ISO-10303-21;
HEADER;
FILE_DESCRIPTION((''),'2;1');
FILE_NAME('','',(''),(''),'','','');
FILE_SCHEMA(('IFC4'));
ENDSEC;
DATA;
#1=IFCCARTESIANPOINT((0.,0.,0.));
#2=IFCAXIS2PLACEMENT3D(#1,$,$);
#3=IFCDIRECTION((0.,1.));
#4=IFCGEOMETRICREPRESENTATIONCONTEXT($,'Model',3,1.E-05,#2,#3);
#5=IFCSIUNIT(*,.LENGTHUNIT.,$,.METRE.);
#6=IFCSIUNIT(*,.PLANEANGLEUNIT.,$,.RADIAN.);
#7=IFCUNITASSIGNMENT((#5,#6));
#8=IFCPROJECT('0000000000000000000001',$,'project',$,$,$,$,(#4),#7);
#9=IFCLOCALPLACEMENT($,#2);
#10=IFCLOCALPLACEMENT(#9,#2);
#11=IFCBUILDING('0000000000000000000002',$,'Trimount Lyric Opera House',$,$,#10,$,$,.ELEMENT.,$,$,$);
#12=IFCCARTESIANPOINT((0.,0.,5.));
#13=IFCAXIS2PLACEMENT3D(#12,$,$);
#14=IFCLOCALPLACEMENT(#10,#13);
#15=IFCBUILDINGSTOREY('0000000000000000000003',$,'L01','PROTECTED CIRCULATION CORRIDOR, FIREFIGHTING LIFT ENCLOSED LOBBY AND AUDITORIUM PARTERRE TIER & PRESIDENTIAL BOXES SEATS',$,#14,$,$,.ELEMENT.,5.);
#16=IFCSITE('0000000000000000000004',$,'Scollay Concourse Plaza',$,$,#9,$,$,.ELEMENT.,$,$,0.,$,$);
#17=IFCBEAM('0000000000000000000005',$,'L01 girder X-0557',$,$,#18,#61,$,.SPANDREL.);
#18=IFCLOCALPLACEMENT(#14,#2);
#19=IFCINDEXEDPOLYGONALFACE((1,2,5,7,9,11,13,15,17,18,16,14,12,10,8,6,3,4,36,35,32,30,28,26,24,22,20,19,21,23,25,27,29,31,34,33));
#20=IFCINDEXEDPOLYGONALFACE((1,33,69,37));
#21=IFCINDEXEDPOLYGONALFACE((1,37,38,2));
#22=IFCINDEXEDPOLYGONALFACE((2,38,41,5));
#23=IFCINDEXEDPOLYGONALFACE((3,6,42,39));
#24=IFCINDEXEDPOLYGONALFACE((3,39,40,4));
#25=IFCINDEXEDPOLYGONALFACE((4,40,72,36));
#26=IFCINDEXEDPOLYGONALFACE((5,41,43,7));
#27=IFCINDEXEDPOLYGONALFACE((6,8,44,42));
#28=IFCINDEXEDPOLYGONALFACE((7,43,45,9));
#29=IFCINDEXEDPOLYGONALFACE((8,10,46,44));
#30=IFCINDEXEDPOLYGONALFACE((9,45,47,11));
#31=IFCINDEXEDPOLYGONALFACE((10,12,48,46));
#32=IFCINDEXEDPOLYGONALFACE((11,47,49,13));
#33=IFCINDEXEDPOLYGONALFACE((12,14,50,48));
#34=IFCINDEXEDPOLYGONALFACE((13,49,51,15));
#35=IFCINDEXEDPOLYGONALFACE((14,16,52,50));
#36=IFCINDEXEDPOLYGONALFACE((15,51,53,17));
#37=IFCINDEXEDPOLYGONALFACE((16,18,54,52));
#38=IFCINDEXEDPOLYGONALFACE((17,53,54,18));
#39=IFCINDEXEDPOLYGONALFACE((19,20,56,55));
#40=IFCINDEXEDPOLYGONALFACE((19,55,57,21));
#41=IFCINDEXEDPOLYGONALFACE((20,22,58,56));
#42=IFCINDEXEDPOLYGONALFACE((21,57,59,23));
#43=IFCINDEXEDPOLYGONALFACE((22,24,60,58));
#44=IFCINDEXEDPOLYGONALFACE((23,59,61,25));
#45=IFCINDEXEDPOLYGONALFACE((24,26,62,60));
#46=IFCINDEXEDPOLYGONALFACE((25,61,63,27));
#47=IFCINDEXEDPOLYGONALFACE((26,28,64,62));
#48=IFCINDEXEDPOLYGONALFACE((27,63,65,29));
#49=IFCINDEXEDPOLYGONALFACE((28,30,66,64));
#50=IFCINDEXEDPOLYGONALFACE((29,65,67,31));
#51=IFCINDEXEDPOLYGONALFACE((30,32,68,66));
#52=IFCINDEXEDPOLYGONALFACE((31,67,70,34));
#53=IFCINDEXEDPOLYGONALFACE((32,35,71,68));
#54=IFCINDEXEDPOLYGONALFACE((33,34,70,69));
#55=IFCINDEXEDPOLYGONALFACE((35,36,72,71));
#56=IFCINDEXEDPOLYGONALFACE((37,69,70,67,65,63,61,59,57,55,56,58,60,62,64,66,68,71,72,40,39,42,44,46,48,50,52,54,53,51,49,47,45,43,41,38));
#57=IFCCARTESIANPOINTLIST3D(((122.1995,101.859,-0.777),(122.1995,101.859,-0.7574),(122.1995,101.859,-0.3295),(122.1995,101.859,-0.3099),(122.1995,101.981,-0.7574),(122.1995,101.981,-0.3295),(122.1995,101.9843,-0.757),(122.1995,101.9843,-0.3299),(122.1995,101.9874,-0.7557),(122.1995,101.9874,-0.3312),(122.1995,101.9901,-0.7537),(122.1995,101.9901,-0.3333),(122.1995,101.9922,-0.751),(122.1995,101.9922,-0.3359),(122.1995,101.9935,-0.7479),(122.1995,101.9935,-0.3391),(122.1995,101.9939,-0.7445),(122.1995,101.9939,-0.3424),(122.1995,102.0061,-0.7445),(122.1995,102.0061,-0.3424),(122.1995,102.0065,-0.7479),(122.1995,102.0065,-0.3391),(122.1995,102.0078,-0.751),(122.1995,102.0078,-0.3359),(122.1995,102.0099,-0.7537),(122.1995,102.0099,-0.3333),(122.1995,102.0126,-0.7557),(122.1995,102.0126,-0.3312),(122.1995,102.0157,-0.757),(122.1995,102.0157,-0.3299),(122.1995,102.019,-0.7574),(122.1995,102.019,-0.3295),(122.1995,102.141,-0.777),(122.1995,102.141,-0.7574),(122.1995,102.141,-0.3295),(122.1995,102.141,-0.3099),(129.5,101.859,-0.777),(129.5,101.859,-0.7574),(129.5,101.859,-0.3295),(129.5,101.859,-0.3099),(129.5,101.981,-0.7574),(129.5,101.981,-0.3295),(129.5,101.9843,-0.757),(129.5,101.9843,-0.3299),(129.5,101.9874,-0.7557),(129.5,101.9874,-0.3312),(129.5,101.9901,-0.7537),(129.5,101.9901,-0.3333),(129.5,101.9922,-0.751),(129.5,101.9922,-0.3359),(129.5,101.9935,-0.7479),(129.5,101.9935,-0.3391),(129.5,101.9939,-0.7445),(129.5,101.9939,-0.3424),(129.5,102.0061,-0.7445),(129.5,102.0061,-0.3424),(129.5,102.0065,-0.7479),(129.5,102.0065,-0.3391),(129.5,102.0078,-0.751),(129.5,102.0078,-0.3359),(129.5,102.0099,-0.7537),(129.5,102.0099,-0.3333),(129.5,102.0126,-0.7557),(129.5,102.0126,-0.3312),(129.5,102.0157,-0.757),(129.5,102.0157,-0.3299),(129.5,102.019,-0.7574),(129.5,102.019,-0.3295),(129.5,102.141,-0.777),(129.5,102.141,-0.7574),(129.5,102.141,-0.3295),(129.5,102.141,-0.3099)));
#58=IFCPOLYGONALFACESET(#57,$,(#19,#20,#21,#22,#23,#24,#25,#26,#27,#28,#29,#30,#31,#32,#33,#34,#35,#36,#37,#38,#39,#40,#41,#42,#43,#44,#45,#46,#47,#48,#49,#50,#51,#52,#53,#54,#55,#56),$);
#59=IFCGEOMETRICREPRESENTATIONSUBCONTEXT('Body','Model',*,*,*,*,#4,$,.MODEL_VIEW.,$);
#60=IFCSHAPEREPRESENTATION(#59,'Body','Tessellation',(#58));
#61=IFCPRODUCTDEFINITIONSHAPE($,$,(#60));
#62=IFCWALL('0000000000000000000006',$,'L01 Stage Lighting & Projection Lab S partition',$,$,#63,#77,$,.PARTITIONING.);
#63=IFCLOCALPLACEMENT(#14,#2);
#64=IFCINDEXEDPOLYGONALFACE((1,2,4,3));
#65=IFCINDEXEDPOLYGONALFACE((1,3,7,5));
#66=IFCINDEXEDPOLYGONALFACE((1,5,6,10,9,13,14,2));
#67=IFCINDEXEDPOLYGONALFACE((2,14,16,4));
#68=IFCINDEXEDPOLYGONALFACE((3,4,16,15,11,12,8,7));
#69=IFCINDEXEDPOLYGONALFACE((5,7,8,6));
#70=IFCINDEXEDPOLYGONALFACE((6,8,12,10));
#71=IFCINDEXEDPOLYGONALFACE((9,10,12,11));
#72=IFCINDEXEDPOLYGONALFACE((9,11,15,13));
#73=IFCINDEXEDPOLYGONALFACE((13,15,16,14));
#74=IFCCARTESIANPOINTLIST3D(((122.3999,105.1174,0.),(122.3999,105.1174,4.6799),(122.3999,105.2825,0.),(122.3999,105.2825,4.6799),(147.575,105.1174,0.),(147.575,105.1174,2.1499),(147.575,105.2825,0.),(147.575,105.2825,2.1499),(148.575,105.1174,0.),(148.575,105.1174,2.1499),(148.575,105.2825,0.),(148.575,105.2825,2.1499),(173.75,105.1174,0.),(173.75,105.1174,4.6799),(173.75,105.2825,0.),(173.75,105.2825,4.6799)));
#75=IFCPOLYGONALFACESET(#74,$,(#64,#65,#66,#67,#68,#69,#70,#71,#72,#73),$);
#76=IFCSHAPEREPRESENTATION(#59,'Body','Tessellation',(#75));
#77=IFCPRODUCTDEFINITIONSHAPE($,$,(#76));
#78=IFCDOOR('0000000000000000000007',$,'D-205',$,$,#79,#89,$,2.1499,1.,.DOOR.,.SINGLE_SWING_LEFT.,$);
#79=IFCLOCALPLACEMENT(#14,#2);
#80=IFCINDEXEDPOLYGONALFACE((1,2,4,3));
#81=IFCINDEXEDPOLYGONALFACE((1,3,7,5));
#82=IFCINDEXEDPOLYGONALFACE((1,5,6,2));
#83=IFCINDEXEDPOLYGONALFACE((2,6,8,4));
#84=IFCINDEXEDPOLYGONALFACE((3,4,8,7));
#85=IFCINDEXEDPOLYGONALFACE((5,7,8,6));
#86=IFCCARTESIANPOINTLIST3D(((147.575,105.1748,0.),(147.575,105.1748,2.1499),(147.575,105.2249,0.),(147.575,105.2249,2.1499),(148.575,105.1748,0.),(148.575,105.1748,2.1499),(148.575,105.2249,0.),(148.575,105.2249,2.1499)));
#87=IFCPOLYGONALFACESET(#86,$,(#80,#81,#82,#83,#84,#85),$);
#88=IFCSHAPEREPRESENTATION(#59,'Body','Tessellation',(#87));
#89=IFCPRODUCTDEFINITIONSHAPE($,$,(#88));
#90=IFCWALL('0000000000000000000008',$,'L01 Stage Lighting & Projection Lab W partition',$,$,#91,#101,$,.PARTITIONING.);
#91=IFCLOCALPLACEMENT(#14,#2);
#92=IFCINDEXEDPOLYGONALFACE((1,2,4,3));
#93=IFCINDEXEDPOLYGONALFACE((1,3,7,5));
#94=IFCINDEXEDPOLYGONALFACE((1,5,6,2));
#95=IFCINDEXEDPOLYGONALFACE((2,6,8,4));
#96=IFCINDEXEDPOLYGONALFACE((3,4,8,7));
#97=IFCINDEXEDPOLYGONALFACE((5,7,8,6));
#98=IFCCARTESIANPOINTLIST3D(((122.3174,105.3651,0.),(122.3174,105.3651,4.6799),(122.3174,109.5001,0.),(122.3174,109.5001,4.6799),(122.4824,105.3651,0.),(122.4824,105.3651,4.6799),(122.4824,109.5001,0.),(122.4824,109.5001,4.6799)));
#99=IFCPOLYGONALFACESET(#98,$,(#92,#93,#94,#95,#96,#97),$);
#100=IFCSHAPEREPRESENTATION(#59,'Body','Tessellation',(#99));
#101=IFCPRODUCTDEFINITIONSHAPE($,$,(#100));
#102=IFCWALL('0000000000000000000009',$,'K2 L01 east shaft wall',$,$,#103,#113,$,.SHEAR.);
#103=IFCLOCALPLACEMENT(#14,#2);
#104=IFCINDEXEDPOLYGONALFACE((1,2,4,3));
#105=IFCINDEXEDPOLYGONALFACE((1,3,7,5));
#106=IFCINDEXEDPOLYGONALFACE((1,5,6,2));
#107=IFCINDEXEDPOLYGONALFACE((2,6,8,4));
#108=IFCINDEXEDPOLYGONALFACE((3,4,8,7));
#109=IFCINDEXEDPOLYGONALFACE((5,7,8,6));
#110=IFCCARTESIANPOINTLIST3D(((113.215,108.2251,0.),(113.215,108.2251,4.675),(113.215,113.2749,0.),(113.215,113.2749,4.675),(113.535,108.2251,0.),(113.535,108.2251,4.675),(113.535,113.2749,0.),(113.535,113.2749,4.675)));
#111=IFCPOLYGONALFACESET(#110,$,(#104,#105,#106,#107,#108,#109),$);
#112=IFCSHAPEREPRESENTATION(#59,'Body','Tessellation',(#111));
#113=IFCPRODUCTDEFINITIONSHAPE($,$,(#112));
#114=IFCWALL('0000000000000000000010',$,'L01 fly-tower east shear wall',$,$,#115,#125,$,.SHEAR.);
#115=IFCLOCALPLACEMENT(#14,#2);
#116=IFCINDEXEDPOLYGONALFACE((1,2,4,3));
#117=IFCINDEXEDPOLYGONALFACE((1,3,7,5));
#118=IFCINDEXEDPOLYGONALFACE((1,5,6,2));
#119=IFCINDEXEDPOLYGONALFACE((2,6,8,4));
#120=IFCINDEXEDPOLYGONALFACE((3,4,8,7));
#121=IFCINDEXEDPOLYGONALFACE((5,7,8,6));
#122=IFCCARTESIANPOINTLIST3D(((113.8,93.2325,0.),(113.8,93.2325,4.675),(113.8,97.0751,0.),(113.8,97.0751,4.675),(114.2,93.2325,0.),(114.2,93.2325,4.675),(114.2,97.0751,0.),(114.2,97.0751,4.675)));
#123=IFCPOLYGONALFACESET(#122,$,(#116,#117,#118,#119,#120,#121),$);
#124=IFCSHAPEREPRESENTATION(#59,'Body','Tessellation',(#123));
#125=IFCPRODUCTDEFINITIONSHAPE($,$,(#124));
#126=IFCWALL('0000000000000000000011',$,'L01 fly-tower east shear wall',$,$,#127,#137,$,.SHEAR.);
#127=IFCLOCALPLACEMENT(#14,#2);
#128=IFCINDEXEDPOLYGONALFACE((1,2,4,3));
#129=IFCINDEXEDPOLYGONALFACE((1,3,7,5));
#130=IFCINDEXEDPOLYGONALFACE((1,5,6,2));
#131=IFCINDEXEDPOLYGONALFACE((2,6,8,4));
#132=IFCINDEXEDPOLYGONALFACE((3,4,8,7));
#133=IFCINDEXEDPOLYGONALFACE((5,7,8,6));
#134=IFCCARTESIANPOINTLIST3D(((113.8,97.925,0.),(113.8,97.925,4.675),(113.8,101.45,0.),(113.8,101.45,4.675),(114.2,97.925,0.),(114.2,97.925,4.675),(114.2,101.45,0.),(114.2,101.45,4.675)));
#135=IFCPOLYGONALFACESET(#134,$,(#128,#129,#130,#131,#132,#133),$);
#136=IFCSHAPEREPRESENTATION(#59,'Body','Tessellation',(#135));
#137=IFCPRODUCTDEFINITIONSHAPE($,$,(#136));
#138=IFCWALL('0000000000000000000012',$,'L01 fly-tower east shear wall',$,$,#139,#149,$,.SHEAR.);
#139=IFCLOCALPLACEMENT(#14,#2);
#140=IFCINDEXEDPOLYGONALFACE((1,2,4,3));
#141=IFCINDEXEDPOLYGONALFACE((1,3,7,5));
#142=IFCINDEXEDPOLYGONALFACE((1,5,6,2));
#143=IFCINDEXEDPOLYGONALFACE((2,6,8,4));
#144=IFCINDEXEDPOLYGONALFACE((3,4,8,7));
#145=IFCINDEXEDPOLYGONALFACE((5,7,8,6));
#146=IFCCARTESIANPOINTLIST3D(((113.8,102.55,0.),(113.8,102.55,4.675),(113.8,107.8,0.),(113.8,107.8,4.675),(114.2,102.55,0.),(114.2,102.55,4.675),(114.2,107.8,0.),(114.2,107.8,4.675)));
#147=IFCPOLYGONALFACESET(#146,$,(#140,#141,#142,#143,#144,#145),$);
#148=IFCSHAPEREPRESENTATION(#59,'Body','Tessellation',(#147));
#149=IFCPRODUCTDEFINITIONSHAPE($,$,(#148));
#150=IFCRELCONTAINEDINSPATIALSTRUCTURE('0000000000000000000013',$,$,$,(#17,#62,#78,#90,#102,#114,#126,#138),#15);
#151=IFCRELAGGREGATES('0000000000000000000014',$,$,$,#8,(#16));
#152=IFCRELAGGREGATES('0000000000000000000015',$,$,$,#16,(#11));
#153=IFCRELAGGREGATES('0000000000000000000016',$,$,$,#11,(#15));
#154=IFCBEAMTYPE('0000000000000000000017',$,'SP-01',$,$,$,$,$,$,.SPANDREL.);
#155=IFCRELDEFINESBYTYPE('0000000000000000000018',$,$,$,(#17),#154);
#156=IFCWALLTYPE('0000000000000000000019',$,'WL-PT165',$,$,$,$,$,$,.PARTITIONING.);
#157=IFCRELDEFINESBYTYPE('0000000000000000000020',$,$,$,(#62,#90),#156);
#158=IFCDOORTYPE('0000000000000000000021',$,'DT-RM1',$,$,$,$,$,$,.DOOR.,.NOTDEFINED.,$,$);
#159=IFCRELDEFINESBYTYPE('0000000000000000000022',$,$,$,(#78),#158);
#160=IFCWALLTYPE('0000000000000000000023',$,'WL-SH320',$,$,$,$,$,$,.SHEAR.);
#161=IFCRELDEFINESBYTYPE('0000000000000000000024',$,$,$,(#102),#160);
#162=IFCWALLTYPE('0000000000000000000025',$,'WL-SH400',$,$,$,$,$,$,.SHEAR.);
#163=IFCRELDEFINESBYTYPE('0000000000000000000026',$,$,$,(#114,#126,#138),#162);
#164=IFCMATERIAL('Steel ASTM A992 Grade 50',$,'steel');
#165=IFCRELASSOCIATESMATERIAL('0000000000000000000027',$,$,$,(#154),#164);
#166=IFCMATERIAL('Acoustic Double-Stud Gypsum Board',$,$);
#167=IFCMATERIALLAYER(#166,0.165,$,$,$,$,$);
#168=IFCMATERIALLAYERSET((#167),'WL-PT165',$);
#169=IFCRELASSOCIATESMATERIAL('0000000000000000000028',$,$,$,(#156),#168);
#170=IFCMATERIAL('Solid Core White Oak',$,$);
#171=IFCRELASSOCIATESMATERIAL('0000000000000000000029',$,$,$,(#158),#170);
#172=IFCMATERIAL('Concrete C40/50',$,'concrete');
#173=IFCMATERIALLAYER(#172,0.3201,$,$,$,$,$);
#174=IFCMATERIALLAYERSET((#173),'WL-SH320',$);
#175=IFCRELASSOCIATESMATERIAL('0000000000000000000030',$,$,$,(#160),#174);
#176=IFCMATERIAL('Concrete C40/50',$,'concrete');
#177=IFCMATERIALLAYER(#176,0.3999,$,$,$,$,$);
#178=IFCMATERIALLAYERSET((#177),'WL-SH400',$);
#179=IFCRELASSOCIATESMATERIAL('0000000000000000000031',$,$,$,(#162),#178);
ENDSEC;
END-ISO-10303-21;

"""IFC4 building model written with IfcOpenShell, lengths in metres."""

from ifc_helpers import new_model, si_unit, direction, frame, frame_2d, origin, origin_2d, place, context, subcontext, project, spatial, rectangle, i_section, extrude, material, layer, layer_set, material_profile, profile_set, type_object, element, fill, save


model = new_model("IFC4")

# Units and contexts
model_context = context("Model", 3, precision=1e-05, world=origin(), true_north=direction((0.0, 1.0)))
body_context = subcontext(model_context, "Body", "Model", "MODEL_VIEW")
ifc_project = project(units=[si_unit("LENGTHUNIT", "METRE"), si_unit("PLANEANGLEUNIT", "RADIAN")], contexts=[model_context])

# Site, building, storey
site_placement = place(None, origin())
site = spatial("IfcSite", under=ifc_project, at=site_placement, Name="Scollay Concourse Plaza", CompositionType="ELEMENT", RefElevation=0.0)
building_placement = place(site_placement, origin())
building = spatial("IfcBuilding", under=site, at=building_placement, Name="Trimount Lyric Opera House", CompositionType="ELEMENT")
storey_placement = place(building_placement, frame((0.0, 0.0, 5.0)))
storey = spatial("IfcBuildingStorey", under=building, at=storey_placement, Name="L01", Description="PROTECTED CIRCULATION CORRIDOR, FIREFIGHTING LIFT ENCLOSED LOBBY AND AUDITORIUM PARTERRE TIER & PRESIDENTIAL BOXES SEATS", CompositionType="ELEMENT", Elevation=5.0)

# Beam
ifc_material_1 = material(Name="Steel ASTM A992 Grade 50", Category="steel")
ifc_material_profile_1 = material_profile(ifc_material_1, i_section(OverallWidth=0.282, OverallDepth=0.467, WebThickness=0.0122, FlangeThickness=0.0195, FilletRadius=0.0129, at=origin_2d()), Name="W18X86")
ifc_profile_set_1 = profile_set([ifc_material_profile_1], Name="Steel ASTM A992 Grade 50")
beam_type_1 = type_object("IfcBeamType", Name="SP-01", PredefinedType="SPANDREL", material=ifc_profile_set_1)
beam_1_placement = place(storey_placement, frame((122.1995, 102.0, -0.5435), z_axis=(1.0, 0.0, 0.0), x_axis=(0.0, 1.0, 0.0)))
element("IfcBeam", 1, at=beam_1_placement, inside=storey, type_object=beam_type_1, Name="L01 girder X-0557", PredefinedType="SPANDREL", context=body_context, shape_type="SweptSolid", body=[
    extrude(i_section(OverallWidth=0.282, OverallDepth=0.467, WebThickness=0.0122, FlangeThickness=0.0195, FilletRadius=0.0129, at=origin_2d()), origin(), (0.0, 0.0, 1.0), 7.3005),
])

# Wall, opening, door
ifc_material_2 = material(Name="Acoustic Double-Stud Gypsum Board")
ifc_layer_1 = layer(ifc_material_2, 0.165)
ifc_layer_set_1 = layer_set([ifc_layer_1], Name="WL-PT165")
wall_type_1 = type_object("IfcWallType", Name="WL-PT165", PredefinedType="PARTITIONING", material=ifc_layer_set_1)
wall_1_placement = place(storey_placement, frame((122.3999, 105.2, 0.0), z_axis=(0.0, 0.0, 1.0), x_axis=(1.0, 0.0, 0.0)))
wall_1 = element("IfcWall", 2, at=wall_1_placement, inside=storey, type_object=wall_type_1, Name="L01 Stage Lighting & Projection Lab S partition", PredefinedType="PARTITIONING", context=body_context, shape_type="SweptSolid", body=[
    extrude(rectangle(XDim=51.3501, YDim=0.165, at=frame_2d((25.675, 0.0))), origin(), (0.0, 0.0, 1.0), 4.6799),
])
opening_placement = place(wall_1_placement, frame((25.175, 0.0, 0.0)))
opening = element("IfcOpeningElement", 3, at=opening_placement, cuts=wall_1, PredefinedType="OPENING", context=body_context, shape_type="SweptSolid", body=[
    extrude(rectangle(XDim=1.0, YDim=2.1499, at=frame_2d((0.5, 1.075))), frame((0.0, 0.0925, 0.0), z_axis=(0.0, -1.0, 0.0), x_axis=(1.0, 0.0, 0.0)), (0.0, 0.0, 1.0), 0.1851),
])
ifc_material_3 = material(Name="Solid Core White Oak")
door_type = type_object("IfcDoorType", Name="DT-RM1", OperationType="NOTDEFINED", PredefinedType="DOOR", material=ifc_material_3)
door_placement = place(opening_placement, origin())
door = element("IfcDoor", 4, at=door_placement, inside=storey, type_object=door_type, Name="D-205", OperationType="SINGLE_SWING_LEFT", OverallHeight=2.1499, OverallWidth=1.0, PredefinedType="DOOR", context=body_context, shape_type="SweptSolid", body=[
    extrude(rectangle(XDim=1.0, YDim=2.1499, at=frame_2d((0.5, 1.075))), frame((0.0, 0.0249, 0.0), z_axis=(0.0, -1.0, 0.0), x_axis=(1.0, 0.0, 0.0)), (0.0, 0.0, 1.0), 0.05),
])
fill(opening, door)

# Walls
wall_2_placement = place(storey_placement, frame((122.3999, 109.5, 0.0), z_axis=(0.0, 0.0, 1.0), x_axis=(0.0, -1.0, 0.0)))
element("IfcWall", 5, at=wall_2_placement, inside=storey, type_object=wall_type_1, Name="L01 Stage Lighting & Projection Lab W partition", PredefinedType="PARTITIONING", context=body_context, shape_type="SweptSolid", body=[
    extrude(rectangle(XDim=4.135, YDim=0.165, at=frame_2d((2.0674, 0.0))), origin(), (0.0, 0.0, 1.0), 4.6799),
])
ifc_material_4 = material(Name="Concrete C40/50", Category="concrete")
ifc_layer_2 = layer(ifc_material_4, 0.3201)
ifc_layer_set_2 = layer_set([ifc_layer_2], Name="WL-SH320")
wall_type_2 = type_object("IfcWallType", Name="WL-SH320", PredefinedType="SHEAR", material=ifc_layer_set_2)
wall_3_placement = place(storey_placement, frame((113.375, 108.2251, 0.0), z_axis=(0.0, 0.0, 1.0), x_axis=(0.0, 1.0, 0.0)))
element("IfcWall", 6, at=wall_3_placement, inside=storey, type_object=wall_type_2, Name="K2 L01 east shaft wall", PredefinedType="SHEAR", context=body_context, shape_type="SweptSolid", body=[
    extrude(rectangle(XDim=5.0498, YDim=0.3201, at=frame_2d((2.5249, 0.0))), origin(), (0.0, 0.0, 1.0), 4.675),
])
ifc_material_5 = material(Name="Concrete C40/50", Category="concrete")
ifc_layer_3 = layer(ifc_material_5, 0.3999)
ifc_layer_set_3 = layer_set([ifc_layer_3], Name="WL-SH400")
wall_type_3 = type_object("IfcWallType", Name="WL-SH400", PredefinedType="SHEAR", material=ifc_layer_set_3)
wall_4_placement = place(storey_placement, frame((114.0, 93.2324, 0.0), z_axis=(0.0, 0.0, 1.0), x_axis=(0.0, 1.0, 0.0)))
element("IfcWall", 7, at=wall_4_placement, inside=storey, type_object=wall_type_3, Name="L01 fly-tower east shear wall", PredefinedType="SHEAR", context=body_context, shape_type="SweptSolid", body=[
    extrude(rectangle(XDim=3.8425, YDim=0.3999, at=frame_2d((1.9214, 0.0))), origin(), (0.0, 0.0, 1.0), 4.675),
])
wall_5_placement = place(storey_placement, frame((114.0, 97.925, 0.0), z_axis=(0.0, 0.0, 1.0), x_axis=(0.0, 1.0, 0.0)))
element("IfcWall", 8, at=wall_5_placement, inside=storey, type_object=wall_type_3, Name="L01 fly-tower east shear wall", PredefinedType="SHEAR", context=body_context, shape_type="SweptSolid", body=[
    extrude(rectangle(XDim=3.5249, YDim=0.3999, at=frame_2d((1.7625, 0.0))), origin(), (0.0, 0.0, 1.0), 4.675),
])
wall_6_placement = place(storey_placement, frame((114.0, 102.55, 0.0), z_axis=(0.0, 0.0, 1.0), x_axis=(0.0, 1.0, 0.0)))
element("IfcWall", 9, at=wall_6_placement, inside=storey, type_object=wall_type_3, Name="L01 fly-tower east shear wall", PredefinedType="SHEAR", context=body_context, shape_type="SweptSolid", body=[
    extrude(rectangle(XDim=5.25, YDim=0.3999, at=frame_2d((2.625, 0.0))), origin(), (0.0, 0.0, 1.0), 4.675),
])

save(model, "model.ifc")
